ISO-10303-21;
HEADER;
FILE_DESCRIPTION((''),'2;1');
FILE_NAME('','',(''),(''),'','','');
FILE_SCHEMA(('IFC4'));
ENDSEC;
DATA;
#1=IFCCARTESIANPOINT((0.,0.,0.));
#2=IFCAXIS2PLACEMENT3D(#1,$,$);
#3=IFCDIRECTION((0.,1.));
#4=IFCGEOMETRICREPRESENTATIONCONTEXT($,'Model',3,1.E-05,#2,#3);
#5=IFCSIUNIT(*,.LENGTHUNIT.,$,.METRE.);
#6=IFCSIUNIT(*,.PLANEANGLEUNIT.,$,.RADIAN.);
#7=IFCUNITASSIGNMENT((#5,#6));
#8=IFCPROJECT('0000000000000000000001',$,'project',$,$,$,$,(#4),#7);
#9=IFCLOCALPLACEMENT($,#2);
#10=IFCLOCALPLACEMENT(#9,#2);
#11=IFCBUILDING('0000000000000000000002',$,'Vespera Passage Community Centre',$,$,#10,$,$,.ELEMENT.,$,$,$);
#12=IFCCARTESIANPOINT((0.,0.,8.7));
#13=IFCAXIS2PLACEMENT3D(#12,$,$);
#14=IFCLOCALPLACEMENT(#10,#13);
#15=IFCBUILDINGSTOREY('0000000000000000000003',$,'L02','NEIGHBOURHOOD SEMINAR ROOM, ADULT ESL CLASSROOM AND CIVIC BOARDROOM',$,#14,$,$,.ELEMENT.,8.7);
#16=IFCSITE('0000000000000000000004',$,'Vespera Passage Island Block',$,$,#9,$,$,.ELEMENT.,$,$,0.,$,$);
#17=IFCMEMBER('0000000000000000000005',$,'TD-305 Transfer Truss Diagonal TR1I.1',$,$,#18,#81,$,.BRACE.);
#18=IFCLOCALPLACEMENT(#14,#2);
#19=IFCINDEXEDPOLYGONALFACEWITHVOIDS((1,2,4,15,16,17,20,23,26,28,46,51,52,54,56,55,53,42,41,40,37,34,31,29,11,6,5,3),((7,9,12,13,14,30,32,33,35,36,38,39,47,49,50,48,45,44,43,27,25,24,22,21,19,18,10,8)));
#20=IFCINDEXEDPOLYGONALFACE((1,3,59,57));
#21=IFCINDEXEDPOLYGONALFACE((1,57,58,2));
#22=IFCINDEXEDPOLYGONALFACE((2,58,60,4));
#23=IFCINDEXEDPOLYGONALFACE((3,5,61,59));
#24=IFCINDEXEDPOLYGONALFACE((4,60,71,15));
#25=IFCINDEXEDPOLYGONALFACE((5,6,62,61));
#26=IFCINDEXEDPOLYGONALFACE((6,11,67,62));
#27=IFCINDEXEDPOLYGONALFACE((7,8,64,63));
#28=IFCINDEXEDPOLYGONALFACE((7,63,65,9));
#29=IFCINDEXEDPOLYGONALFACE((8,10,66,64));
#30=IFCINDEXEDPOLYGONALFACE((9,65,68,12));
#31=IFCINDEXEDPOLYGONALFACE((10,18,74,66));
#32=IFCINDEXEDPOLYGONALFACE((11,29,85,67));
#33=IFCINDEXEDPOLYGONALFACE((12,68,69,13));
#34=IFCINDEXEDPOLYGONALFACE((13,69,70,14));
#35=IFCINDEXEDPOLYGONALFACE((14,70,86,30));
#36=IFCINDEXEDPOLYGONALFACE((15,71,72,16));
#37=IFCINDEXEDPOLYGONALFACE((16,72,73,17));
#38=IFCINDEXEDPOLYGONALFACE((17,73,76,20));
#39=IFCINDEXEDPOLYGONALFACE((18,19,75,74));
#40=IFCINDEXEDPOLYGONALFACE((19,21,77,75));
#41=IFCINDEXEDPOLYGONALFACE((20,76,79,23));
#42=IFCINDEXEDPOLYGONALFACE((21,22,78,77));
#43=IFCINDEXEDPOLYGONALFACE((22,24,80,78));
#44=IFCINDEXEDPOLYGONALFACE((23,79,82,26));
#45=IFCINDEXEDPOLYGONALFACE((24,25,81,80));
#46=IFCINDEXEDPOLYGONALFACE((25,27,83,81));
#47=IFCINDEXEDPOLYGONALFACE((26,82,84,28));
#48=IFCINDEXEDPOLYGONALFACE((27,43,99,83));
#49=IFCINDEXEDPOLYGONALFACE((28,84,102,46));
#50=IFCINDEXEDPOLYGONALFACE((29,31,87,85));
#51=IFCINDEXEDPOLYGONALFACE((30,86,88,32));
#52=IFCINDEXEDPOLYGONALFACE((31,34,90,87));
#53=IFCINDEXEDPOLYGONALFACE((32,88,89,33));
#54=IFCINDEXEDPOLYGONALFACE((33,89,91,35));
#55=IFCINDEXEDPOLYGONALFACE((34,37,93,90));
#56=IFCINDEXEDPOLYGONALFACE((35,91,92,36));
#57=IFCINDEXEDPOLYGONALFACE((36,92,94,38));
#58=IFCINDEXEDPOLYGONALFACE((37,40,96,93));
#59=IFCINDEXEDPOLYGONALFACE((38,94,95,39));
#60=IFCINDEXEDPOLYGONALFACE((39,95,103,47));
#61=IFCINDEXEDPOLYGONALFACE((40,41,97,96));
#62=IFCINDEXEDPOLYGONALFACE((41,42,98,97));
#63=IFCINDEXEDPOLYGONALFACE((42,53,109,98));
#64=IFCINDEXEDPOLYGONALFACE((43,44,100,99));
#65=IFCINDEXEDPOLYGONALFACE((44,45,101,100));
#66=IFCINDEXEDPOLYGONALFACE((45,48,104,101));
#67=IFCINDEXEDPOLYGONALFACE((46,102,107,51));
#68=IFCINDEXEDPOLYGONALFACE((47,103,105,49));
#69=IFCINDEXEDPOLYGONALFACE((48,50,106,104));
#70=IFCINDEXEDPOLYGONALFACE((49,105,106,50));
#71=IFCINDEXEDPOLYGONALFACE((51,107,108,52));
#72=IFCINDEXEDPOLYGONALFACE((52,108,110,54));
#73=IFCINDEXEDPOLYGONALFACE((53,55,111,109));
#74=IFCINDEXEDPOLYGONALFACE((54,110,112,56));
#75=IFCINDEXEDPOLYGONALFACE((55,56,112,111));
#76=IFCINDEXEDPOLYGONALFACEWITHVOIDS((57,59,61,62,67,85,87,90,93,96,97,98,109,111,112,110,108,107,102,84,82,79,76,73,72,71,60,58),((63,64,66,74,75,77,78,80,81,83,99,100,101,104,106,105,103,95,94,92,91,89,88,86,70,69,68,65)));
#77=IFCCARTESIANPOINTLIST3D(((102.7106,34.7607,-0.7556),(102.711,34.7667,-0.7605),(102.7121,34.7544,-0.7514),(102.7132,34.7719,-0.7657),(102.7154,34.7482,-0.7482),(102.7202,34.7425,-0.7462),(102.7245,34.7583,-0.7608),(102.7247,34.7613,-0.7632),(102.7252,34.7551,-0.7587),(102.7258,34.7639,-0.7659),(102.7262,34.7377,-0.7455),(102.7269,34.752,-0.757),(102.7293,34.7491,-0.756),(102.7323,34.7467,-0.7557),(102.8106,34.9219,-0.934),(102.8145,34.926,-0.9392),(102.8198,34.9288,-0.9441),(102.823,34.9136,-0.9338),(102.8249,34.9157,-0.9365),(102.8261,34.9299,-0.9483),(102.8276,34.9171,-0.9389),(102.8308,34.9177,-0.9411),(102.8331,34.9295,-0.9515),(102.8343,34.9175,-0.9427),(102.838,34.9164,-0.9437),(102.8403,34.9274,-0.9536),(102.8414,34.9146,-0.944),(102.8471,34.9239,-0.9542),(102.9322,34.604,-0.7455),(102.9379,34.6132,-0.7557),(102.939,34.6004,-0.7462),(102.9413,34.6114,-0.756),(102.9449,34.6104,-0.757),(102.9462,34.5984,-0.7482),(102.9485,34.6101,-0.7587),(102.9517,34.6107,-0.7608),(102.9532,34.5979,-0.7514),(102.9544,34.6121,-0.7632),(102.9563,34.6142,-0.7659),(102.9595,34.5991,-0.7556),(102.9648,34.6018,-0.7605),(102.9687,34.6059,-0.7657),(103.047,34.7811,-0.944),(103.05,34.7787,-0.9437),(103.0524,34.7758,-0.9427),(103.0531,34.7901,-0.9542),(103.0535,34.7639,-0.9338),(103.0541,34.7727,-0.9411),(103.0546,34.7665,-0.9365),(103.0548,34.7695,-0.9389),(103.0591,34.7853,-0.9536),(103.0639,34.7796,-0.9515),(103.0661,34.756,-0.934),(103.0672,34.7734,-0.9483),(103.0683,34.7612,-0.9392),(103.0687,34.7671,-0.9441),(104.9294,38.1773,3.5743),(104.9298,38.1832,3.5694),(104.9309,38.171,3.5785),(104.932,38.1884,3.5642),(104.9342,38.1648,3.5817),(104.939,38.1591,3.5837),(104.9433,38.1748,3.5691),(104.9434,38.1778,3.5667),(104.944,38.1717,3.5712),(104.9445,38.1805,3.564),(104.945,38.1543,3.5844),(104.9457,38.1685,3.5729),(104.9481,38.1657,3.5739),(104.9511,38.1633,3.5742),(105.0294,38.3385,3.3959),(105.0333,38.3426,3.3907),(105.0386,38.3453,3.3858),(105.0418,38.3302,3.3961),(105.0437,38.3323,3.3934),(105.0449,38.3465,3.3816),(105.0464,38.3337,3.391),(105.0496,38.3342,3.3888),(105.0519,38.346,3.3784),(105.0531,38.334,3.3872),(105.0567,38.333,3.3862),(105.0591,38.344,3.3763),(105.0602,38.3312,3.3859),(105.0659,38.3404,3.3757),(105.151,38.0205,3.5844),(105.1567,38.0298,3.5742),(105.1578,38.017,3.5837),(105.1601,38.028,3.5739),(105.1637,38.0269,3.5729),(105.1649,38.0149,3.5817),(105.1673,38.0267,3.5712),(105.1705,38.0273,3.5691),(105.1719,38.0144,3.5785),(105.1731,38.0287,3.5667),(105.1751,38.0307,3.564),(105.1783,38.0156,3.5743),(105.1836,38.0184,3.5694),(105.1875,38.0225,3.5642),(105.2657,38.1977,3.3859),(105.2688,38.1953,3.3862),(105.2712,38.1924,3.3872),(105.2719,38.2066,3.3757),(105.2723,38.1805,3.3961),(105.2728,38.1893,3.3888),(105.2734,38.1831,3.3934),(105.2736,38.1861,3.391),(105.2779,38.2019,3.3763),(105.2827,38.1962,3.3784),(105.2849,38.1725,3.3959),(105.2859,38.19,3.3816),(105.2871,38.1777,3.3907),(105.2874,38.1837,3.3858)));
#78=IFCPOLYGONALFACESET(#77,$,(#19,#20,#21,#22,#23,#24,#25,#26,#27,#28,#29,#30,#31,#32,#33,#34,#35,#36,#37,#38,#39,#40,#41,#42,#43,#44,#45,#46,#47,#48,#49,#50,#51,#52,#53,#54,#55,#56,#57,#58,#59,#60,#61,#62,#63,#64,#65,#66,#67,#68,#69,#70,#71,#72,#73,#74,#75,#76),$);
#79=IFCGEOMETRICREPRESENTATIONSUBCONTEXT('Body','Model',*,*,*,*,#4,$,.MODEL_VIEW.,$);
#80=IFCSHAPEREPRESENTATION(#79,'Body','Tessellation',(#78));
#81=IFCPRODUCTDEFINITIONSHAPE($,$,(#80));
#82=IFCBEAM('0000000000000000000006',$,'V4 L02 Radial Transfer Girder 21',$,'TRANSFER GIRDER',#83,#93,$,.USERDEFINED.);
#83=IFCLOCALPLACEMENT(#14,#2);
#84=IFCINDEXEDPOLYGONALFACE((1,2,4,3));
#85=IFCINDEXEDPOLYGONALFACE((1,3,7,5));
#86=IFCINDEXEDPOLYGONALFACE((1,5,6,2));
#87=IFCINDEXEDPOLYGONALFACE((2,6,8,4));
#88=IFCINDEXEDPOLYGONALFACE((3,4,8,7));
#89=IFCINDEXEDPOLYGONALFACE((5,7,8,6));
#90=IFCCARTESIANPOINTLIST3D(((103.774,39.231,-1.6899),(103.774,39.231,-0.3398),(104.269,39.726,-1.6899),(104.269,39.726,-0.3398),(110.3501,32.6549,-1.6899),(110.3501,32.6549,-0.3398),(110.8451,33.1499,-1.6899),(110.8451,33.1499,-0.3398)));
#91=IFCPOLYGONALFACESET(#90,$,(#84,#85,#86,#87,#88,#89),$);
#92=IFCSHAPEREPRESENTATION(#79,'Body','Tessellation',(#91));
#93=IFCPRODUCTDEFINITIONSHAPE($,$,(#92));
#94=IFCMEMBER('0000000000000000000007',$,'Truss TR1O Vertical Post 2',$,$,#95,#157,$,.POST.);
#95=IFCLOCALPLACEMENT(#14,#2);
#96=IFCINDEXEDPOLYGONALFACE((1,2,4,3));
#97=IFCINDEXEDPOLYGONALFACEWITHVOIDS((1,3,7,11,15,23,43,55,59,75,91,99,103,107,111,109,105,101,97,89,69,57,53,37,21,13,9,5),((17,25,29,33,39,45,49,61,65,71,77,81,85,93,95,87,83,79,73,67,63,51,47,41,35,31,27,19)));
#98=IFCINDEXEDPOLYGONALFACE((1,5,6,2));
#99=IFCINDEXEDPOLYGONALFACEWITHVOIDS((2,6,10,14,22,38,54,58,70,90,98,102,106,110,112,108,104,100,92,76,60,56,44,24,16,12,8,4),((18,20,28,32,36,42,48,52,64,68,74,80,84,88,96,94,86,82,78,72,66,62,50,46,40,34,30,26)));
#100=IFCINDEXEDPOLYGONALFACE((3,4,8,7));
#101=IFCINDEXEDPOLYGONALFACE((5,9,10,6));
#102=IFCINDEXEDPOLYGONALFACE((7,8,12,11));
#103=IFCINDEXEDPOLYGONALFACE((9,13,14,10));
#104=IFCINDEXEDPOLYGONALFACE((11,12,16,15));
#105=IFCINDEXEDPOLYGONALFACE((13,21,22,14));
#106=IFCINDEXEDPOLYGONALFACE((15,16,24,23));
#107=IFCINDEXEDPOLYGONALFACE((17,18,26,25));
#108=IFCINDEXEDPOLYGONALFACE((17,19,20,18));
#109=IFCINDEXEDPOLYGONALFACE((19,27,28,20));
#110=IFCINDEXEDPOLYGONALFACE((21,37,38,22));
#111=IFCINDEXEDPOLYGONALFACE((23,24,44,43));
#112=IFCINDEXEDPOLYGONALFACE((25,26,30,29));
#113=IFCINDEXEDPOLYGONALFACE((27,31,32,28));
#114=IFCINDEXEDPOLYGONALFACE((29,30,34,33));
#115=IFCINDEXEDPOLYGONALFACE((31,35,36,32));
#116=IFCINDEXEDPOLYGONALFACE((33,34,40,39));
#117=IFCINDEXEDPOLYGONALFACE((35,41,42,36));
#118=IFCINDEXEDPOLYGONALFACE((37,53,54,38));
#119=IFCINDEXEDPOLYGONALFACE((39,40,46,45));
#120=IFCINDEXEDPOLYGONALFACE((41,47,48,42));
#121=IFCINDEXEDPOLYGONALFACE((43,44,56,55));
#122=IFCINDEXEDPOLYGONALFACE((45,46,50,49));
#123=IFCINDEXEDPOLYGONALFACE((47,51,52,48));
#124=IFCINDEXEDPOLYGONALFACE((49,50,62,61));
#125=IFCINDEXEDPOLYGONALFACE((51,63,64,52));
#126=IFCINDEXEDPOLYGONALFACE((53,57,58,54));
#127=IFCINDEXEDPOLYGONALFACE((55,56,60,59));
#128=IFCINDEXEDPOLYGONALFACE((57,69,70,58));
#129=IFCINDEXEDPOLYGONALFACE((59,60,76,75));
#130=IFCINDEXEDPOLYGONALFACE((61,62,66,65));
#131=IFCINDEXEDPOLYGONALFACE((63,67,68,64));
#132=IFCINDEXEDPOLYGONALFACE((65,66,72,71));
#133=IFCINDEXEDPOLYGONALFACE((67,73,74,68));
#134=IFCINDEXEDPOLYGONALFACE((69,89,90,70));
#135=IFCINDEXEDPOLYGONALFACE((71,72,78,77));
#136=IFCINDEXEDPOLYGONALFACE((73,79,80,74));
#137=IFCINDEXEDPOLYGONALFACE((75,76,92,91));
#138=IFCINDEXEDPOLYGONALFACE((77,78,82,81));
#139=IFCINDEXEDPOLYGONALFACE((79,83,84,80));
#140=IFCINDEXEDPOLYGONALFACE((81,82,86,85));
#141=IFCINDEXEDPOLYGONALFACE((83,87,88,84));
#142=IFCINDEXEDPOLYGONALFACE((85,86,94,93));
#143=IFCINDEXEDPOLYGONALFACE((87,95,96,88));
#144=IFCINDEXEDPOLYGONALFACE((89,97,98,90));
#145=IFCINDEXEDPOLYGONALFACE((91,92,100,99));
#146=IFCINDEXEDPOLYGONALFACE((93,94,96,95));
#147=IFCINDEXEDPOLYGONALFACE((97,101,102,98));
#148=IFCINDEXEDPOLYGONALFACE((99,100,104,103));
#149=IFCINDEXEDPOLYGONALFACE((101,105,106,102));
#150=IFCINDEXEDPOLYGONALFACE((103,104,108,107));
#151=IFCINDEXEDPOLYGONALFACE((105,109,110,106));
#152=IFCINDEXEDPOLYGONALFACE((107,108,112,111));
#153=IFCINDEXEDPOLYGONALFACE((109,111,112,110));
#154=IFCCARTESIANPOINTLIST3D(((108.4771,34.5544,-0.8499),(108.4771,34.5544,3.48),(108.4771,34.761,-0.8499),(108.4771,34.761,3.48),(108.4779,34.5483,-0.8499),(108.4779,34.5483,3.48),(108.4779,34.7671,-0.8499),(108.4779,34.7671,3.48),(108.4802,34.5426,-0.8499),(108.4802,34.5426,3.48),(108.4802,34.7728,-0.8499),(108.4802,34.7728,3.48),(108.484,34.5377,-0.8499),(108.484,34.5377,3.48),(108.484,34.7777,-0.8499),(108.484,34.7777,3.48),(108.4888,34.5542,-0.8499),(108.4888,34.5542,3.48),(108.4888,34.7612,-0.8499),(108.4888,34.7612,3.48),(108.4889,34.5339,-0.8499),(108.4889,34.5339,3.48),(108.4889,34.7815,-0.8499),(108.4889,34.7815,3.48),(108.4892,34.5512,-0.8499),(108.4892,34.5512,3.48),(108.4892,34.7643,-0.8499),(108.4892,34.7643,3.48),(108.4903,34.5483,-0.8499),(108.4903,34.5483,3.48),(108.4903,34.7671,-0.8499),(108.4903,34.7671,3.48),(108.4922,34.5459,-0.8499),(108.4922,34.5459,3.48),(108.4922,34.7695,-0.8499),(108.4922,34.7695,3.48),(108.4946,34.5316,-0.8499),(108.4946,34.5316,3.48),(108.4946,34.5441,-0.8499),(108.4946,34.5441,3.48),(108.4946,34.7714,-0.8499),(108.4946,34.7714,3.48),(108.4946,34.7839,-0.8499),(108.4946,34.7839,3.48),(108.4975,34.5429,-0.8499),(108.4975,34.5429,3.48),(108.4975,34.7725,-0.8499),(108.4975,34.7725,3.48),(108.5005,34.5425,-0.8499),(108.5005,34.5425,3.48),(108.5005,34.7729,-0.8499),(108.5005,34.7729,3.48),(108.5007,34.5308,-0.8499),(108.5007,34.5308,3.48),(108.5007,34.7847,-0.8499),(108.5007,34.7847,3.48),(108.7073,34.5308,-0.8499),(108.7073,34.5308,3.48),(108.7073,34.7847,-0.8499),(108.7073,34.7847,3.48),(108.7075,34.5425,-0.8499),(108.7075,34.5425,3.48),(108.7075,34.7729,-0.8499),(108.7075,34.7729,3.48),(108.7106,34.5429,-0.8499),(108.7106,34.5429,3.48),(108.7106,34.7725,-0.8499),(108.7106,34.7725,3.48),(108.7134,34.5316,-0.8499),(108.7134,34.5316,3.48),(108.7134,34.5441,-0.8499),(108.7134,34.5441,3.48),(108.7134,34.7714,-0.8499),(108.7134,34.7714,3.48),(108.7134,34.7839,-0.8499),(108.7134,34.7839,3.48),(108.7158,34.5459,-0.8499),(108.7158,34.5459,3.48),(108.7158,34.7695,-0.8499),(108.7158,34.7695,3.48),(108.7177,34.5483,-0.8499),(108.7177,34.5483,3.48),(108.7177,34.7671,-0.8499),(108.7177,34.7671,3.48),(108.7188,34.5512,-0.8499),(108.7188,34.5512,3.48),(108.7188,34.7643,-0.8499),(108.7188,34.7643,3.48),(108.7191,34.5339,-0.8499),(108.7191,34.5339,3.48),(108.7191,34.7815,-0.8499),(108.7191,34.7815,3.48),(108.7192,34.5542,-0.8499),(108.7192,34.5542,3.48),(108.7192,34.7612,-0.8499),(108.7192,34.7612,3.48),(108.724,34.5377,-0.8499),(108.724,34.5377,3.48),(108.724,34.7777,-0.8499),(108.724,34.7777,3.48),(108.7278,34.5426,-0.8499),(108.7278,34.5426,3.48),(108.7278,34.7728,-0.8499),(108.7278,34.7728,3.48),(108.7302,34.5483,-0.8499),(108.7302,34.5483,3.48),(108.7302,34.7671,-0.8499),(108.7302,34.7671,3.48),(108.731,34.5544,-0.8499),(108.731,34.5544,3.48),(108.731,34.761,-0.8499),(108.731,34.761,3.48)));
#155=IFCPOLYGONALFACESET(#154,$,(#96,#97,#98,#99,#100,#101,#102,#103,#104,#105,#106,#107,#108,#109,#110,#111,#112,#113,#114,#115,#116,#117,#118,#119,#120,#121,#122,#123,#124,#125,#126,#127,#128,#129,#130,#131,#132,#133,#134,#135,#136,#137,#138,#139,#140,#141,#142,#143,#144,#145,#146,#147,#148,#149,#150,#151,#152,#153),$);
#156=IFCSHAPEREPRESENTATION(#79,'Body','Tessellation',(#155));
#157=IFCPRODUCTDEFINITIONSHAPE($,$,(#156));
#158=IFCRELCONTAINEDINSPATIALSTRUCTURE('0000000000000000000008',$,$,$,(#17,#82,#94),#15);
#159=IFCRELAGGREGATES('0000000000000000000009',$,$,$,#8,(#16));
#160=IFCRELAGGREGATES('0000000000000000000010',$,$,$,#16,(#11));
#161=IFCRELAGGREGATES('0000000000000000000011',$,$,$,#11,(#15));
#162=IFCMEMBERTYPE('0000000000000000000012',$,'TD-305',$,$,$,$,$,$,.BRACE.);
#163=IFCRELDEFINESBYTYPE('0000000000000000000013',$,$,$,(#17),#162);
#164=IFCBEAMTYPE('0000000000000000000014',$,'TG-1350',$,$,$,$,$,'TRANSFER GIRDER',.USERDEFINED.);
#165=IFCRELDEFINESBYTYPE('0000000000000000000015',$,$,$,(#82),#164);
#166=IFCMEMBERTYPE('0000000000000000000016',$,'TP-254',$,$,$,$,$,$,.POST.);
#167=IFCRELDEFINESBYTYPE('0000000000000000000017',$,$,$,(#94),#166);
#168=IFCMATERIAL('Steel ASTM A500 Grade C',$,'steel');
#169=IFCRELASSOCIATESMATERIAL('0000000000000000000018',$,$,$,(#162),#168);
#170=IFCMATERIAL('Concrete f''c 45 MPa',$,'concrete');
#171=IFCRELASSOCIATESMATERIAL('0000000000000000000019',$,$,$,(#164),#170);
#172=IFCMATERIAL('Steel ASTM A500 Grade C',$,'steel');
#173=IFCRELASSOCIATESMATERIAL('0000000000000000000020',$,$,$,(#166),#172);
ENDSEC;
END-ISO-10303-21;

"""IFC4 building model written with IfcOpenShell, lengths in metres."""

from ifc_helpers import new_model, si_unit, direction, frame, origin, origin_2d, place, context, subcontext, project, spatial, rectangle, hollow_rectangle, extrude, material, material_profile, profile_set, type_object, element, save


model = new_model("IFC4")

# Units and contexts
model_context = context("Model", 3, precision=1e-05, world=origin(), true_north=direction((0.0, 1.0)))
body_context = subcontext(model_context, "Body", "Model", "MODEL_VIEW")
ifc_project = project(units=[si_unit("LENGTHUNIT", "METRE"), si_unit("PLANEANGLEUNIT", "RADIAN")], contexts=[model_context])

# Site, building, storey
site_placement = place(None, origin())
site = spatial("IfcSite", under=ifc_project, at=site_placement, Name="Vespera Passage Island Block", CompositionType="ELEMENT", RefElevation=0.0)
building_placement = place(site_placement, origin())
building = spatial("IfcBuilding", under=site, at=building_placement, Name="Vespera Passage Community Centre", CompositionType="ELEMENT")
storey_placement = place(building_placement, frame((0.0, 0.0, 8.7)))
storey = spatial("IfcBuildingStorey", under=building, at=storey_placement, Name="L02", Description="NEIGHBOURHOOD SEMINAR ROOM, ADULT ESL CLASSROOM AND CIVIC BOARDROOM", CompositionType="ELEMENT", Elevation=8.7)

# Member
ifc_material_1 = material(Name="Steel ASTM A500 Grade C", Category="steel")
ifc_material_profile_1 = material_profile(ifc_material_1, hollow_rectangle(XDim=0.3047, YDim=0.3047, WallThickness=0.0149, InnerFilletRadius=0.0149, OuterFilletRadius=0.0295, at=origin_2d()), Name="HSS305X305X15.9")
ifc_profile_set_1 = profile_set([ifc_material_profile_1], Name="Steel ASTM A500 Grade C")
member_type_1 = type_object("IfcMemberType", Name="TD-305", PredefinedType="BRACE", material=ifc_profile_set_1)
member_1_placement = place(storey_placement, frame((102.8896, 34.7639, -0.8499), z_axis=(0.373214, 0.574687, 0.728317), x_axis=(-0.838665, 0.544647, 0.0)))
element("IfcMember", 1, at=member_1_placement, inside=storey, type_object=member_type_1, Name="TD-305 Transfer Truss Diagonal TR1I.1", PredefinedType="BRACE", context=body_context, shape_type="SweptSolid", body=[
    extrude(hollow_rectangle(XDim=0.3047, YDim=0.3047, WallThickness=0.0149, InnerFilletRadius=0.0149, OuterFilletRadius=0.0295, at=origin_2d()), origin(), (0.0, 0.0, 1.0), 5.9451),
])

# Beam
ifc_material_2 = material(Name="Concrete f'c 45 MPa", Category="concrete")
ifc_material_profile_2 = material_profile(ifc_material_2, rectangle(XDim=0.7, YDim=1.3501, at=origin_2d()), Name="RC700X1350")
ifc_profile_set_2 = profile_set([ifc_material_profile_2], Name="Concrete f'c 45 MPa")
beam_type_1 = type_object("IfcBeamType", Name="TG-1350", ElementType="TRANSFER GIRDER", PredefinedType="USERDEFINED", material=ifc_profile_set_2)
beam_1_placement = place(storey_placement, frame((104.0215, 39.4785, -1.0149), z_axis=(0.707107, -0.707107, 0.0), x_axis=(0.707107, 0.707107, 0.0)))
element("IfcBeam", 2, at=beam_1_placement, inside=storey, type_object=beam_type_1, Name="V4 L02 Radial Transfer Girder 21", ObjectType="TRANSFER GIRDER", PredefinedType="USERDEFINED", context=body_context, shape_type="SweptSolid", body=[
    extrude(rectangle(XDim=0.7, YDim=1.3501, at=origin_2d()), origin(), (0.0, 0.0, 1.0), 9.3),
])

# Member
ifc_material_3 = material(Name="Steel ASTM A500 Grade C", Category="steel")
ifc_material_profile_3 = material_profile(ifc_material_3, hollow_rectangle(XDim=0.2539, YDim=0.2539, WallThickness=0.0117, InnerFilletRadius=0.0117, OuterFilletRadius=0.0237, at=origin_2d()), Name="HSS254X254X12.7")
ifc_profile_set_3 = profile_set([ifc_material_profile_3], Name="Steel ASTM A500 Grade C")
member_type_2 = type_object("IfcMemberType", Name="TP-254", PredefinedType="POST", material=ifc_profile_set_3)
for number, where, z_axis, x_axis, name in (
    (3, (108.604, 34.6577, -0.8499), (0.0, 0.0, 1.0), (1.0, 0.0, 0.0), "Truss TR1O Vertical Post 2"),
):
    element("IfcMember", number, at=place(storey_placement, frame(where, z_axis=z_axis, x_axis=x_axis)), inside=storey, type_object=member_type_2, Name=name, PredefinedType="POST", context=body_context, shape_type="SweptSolid", body=[
        extrude(hollow_rectangle(XDim=0.2539, YDim=0.2539, WallThickness=0.0117, InnerFilletRadius=0.0117, OuterFilletRadius=0.0237, at=origin_2d()), origin(), (0.0, 0.0, 1.0), 4.3298),
    ])

save(model, "model.ifc")
